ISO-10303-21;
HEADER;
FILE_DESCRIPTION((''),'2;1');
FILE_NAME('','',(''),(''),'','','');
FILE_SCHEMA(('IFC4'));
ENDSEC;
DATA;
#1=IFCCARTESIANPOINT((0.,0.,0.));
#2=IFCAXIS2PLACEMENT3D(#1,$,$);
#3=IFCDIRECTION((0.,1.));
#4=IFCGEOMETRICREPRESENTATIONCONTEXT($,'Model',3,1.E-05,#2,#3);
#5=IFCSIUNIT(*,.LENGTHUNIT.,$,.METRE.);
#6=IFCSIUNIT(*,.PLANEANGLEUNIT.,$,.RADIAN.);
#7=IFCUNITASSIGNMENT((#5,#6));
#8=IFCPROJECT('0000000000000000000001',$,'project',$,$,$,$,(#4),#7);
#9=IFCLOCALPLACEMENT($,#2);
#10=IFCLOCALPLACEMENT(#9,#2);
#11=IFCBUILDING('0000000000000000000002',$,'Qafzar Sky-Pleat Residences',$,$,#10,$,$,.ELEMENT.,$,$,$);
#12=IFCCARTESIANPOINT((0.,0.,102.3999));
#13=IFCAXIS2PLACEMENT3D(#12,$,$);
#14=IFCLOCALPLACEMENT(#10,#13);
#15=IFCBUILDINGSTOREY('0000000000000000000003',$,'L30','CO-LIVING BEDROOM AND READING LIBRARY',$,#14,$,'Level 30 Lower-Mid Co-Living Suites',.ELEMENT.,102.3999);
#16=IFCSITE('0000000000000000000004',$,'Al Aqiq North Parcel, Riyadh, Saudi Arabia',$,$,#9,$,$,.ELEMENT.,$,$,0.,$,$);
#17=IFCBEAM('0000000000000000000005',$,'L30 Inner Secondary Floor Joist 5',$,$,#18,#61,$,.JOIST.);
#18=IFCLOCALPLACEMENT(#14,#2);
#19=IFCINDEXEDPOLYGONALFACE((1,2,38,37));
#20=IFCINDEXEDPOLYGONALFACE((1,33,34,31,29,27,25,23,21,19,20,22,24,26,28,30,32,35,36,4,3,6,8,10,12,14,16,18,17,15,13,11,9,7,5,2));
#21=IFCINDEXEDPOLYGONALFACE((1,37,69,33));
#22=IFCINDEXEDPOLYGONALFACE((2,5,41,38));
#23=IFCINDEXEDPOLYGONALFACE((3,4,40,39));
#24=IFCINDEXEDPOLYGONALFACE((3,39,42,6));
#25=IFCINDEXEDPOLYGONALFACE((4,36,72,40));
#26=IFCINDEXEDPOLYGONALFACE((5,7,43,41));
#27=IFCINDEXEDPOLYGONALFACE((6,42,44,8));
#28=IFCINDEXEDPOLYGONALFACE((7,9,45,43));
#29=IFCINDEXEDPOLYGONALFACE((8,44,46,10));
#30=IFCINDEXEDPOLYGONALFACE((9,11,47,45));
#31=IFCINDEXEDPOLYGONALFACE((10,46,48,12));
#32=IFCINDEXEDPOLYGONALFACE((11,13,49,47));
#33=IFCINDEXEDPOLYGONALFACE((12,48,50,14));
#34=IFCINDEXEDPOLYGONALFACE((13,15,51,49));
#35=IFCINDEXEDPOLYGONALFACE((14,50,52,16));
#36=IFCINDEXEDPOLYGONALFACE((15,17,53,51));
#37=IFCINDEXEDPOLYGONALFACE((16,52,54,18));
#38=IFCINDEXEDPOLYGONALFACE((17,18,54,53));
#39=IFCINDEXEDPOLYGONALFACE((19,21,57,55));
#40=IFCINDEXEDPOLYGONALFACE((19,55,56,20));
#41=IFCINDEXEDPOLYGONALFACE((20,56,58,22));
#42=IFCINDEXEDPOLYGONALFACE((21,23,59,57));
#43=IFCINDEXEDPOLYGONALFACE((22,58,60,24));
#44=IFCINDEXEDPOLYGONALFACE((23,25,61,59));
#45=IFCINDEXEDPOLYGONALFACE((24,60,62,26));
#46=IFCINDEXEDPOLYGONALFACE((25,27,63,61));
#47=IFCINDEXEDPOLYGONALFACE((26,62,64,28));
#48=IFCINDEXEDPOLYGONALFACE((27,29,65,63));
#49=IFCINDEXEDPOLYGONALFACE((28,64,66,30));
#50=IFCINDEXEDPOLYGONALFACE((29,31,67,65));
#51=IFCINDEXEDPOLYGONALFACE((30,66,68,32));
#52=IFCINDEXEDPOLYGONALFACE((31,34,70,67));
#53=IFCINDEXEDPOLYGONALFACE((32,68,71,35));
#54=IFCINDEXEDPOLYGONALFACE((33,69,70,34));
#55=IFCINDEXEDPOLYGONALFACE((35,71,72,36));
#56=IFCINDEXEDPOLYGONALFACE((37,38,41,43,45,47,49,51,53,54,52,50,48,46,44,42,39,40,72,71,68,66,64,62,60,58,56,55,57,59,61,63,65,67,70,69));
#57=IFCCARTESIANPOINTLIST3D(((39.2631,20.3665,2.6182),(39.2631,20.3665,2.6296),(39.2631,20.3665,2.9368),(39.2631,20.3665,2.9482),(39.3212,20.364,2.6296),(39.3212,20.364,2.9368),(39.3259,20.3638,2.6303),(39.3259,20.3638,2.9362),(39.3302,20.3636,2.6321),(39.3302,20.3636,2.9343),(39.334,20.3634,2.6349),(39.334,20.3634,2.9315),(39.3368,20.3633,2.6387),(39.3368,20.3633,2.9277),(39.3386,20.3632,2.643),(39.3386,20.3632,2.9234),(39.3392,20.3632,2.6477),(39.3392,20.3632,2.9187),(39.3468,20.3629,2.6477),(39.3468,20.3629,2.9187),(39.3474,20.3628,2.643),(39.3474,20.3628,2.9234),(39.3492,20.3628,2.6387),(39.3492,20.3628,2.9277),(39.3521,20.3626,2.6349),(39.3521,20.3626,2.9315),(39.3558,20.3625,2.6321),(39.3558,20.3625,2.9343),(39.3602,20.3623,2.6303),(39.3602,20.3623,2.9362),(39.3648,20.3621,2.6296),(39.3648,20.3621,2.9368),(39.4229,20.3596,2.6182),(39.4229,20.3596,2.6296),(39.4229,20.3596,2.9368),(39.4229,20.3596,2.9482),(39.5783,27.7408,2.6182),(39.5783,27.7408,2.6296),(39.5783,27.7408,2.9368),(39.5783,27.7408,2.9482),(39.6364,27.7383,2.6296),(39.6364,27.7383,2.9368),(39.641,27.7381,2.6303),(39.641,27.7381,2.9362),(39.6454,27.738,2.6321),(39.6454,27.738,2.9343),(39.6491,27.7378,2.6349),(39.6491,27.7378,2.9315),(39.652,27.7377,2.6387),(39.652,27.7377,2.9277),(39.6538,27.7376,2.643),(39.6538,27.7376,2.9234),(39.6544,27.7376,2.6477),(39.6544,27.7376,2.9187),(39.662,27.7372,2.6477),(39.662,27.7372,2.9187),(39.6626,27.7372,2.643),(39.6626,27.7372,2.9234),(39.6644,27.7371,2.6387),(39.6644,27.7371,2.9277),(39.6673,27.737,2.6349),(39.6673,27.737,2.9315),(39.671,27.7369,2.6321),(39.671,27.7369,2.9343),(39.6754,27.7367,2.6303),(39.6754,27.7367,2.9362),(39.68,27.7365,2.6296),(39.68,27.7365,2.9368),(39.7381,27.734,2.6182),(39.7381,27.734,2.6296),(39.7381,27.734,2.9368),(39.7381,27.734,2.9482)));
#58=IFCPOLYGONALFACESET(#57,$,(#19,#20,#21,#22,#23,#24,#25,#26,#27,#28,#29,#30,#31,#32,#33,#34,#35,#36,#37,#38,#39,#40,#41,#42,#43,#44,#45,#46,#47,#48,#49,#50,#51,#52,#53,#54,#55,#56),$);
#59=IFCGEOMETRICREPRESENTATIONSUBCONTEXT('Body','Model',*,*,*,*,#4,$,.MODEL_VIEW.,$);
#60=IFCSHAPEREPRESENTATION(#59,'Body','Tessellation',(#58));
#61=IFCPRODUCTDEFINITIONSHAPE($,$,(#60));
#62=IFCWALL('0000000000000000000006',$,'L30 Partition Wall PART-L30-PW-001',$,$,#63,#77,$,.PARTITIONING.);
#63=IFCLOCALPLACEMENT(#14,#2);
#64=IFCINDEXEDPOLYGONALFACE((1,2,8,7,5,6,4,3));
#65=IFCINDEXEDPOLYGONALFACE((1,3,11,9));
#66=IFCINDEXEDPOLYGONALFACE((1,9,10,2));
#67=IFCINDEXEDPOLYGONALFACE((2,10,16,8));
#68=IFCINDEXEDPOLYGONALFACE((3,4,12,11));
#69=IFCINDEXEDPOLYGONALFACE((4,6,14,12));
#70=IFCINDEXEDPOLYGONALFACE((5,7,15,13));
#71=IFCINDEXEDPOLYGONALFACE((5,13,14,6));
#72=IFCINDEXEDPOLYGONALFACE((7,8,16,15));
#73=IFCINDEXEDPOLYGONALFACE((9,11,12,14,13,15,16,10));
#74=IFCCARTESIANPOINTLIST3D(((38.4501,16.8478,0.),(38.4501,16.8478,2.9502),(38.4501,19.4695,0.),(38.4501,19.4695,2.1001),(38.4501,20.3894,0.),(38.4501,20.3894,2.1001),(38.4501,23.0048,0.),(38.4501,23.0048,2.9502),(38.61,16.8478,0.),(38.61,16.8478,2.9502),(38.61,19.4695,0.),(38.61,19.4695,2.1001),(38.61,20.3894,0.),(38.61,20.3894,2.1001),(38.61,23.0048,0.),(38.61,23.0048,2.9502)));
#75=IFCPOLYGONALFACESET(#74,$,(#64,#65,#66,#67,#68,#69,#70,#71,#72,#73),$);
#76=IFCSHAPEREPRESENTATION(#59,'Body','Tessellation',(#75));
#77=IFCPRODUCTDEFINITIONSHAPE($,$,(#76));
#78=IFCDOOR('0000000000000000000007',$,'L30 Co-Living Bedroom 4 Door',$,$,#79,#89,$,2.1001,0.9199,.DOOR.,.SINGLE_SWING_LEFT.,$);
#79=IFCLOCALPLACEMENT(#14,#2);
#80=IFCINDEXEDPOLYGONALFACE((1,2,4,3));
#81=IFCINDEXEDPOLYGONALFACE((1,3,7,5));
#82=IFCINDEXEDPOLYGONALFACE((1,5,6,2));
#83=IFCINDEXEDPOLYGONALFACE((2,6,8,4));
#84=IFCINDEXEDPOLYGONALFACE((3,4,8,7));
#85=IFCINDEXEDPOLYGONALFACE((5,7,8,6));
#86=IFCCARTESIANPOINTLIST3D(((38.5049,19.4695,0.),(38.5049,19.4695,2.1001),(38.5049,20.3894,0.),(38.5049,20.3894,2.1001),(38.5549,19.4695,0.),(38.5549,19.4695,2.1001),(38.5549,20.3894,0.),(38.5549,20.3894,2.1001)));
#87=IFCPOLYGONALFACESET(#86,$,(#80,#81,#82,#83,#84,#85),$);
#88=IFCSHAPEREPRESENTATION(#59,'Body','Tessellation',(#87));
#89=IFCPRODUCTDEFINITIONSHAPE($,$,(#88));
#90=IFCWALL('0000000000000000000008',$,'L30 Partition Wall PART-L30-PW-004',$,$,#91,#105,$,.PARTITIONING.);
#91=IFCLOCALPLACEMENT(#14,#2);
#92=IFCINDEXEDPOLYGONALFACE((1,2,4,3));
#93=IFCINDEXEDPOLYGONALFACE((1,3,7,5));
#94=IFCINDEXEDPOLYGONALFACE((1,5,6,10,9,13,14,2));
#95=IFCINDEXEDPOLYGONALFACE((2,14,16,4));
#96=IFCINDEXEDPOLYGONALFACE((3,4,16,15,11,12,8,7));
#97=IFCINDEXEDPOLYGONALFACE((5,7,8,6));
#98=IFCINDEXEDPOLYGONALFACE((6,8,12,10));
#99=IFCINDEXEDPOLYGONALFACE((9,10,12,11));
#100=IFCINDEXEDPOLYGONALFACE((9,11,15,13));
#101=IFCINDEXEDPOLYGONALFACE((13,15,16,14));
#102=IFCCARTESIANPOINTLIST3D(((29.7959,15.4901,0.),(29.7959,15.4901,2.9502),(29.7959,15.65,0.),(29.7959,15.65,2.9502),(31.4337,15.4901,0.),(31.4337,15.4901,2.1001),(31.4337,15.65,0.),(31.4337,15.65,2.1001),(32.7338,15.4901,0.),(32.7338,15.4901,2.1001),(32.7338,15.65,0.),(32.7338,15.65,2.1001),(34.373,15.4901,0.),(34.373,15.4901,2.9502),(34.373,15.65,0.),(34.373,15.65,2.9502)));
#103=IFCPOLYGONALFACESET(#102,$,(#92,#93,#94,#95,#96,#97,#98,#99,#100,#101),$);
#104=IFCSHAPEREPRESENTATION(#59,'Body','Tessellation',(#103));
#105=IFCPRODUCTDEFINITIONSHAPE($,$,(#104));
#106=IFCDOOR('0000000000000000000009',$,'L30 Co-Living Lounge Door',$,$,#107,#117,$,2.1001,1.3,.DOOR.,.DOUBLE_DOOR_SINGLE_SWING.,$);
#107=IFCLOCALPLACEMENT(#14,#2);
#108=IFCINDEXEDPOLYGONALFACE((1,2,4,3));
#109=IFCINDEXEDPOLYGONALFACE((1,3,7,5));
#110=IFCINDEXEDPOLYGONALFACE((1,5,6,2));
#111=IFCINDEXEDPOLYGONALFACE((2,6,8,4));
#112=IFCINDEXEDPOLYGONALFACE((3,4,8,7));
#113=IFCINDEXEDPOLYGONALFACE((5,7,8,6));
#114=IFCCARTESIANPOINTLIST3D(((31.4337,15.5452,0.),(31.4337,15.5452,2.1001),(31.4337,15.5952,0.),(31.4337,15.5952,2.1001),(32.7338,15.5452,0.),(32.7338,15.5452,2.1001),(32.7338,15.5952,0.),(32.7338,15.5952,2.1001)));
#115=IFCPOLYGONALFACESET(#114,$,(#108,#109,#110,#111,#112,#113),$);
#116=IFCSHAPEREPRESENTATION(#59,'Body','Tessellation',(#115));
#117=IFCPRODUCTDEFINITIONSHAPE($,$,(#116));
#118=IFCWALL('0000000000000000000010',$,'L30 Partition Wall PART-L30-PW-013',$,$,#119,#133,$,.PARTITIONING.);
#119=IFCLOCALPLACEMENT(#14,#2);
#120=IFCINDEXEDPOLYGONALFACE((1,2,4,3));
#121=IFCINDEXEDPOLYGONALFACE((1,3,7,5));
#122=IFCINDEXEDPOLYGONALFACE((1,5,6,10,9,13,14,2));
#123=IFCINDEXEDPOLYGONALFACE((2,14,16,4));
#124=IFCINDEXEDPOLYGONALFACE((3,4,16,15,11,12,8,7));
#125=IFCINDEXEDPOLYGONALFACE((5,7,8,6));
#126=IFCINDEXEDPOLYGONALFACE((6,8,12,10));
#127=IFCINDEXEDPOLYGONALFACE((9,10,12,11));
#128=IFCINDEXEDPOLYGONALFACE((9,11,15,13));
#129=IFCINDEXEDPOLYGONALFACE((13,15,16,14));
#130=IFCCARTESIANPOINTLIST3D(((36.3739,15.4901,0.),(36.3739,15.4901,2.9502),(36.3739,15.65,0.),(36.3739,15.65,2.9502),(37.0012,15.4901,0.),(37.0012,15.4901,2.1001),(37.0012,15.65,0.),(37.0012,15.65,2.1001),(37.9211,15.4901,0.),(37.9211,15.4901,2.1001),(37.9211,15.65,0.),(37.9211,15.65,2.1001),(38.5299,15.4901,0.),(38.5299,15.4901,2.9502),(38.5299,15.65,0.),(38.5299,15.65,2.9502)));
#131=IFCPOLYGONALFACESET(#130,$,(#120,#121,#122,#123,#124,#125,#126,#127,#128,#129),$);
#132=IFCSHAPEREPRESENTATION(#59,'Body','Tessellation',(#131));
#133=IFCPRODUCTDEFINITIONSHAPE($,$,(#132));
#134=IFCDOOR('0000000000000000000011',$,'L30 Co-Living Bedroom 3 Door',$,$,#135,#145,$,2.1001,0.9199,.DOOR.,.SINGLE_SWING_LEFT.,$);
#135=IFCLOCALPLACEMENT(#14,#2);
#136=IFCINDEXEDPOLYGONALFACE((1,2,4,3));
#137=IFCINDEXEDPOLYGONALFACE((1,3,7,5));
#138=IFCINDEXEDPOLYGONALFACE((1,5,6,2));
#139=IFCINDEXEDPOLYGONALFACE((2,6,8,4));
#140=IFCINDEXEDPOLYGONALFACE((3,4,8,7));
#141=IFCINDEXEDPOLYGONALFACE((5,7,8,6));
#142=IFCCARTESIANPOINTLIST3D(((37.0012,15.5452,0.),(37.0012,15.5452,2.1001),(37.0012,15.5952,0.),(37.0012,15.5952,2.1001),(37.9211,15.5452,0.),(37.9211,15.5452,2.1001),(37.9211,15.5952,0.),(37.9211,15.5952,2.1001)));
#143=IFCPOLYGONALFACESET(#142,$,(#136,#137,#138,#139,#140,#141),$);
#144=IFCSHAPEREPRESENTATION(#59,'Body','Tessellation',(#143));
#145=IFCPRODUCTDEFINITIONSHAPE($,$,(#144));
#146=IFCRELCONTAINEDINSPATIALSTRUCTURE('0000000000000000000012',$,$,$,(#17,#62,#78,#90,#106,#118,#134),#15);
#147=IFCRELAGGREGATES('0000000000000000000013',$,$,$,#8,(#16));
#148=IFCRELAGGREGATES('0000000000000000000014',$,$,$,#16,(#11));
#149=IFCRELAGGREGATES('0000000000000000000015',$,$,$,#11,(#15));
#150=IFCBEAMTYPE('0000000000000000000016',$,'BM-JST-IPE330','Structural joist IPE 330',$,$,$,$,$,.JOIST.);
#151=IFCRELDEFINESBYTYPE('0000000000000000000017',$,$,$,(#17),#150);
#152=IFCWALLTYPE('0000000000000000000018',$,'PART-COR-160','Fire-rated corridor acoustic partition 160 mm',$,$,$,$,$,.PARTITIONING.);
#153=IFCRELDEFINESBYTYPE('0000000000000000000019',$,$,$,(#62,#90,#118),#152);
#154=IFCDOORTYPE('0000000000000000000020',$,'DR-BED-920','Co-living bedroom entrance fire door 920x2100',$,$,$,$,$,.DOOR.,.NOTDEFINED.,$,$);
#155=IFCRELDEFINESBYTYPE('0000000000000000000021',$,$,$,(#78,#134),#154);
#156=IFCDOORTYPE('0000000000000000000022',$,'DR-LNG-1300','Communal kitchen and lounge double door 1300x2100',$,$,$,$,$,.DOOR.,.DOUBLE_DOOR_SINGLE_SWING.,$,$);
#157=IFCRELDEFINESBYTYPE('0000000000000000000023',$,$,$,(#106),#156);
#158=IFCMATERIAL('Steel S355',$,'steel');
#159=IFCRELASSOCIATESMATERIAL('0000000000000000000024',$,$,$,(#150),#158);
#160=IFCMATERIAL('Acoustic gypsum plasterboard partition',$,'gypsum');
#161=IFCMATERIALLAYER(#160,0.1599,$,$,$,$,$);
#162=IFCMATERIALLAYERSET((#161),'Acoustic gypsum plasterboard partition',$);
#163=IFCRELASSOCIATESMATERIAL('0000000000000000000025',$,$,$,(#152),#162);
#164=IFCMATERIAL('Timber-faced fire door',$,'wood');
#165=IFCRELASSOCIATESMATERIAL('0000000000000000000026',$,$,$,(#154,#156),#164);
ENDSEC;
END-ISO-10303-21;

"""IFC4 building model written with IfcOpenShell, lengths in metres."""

from ifc_helpers import new_model, si_unit, direction, frame, frame_2d, origin, origin_2d, place, context, subcontext, project, spatial, rectangle, i_section, extrude, source, transform, mapped, material, layer, layer_set, material_profile, profile_set, type_object, element, fill, save


model = new_model("IFC4")

# Units and contexts
model_context = context("Model", 3, precision=1e-05, world=origin(), true_north=direction((0.0, 1.0)))
body_context = subcontext(model_context, "Body", "Model", "MODEL_VIEW")
ifc_project = project(units=[si_unit("LENGTHUNIT", "METRE"), si_unit("PLANEANGLEUNIT", "RADIAN")], contexts=[model_context])

# Site, building, storey
site_placement = place(None, origin())
site = spatial("IfcSite", under=ifc_project, at=site_placement, Name="Al Aqiq North Parcel, Riyadh, Saudi Arabia", CompositionType="ELEMENT", RefElevation=0.0)
building_placement = place(site_placement, origin())
building = spatial("IfcBuilding", under=site, at=building_placement, Name="Qafzar Sky-Pleat Residences", CompositionType="ELEMENT")
storey_placement = place(building_placement, frame((0.0, 0.0, 102.3999)))
storey = spatial("IfcBuildingStorey", under=building, at=storey_placement, Name="L30", Description="CO-LIVING BEDROOM AND READING LIBRARY", LongName="Level 30 Lower-Mid Co-Living Suites", CompositionType="ELEMENT", Elevation=102.3999)

# Beam
ifc_material_1 = material(Name="Steel S355", Category="steel")
ifc_material_profile = material_profile(ifc_material_1, i_section(OverallWidth=0.1599, OverallDepth=0.3301, WebThickness=0.0076, FlangeThickness=0.0115, FilletRadius=0.0181, at=origin_2d()), Name="IPE 330")
ifc_profile_set = profile_set([ifc_material_profile], Name="Steel S355")
beam_type = type_object("IfcBeamType", Name="BM-JST-IPE330", Description="Structural joist IPE 330", PredefinedType="JOIST", material=ifc_profile_set)
shared_shape_1 = source(origin(), body_context, "Body", "SweptSolid", [
    extrude(i_section(OverallWidth=0.1599, OverallDepth=0.3301, WebThickness=0.0076, FlangeThickness=0.0115, FilletRadius=0.0181, at=origin_2d()), origin(), (0.0, 0.0, 1.0), 7.3811),
])
beam_placement = place(storey_placement, frame((39.343, 20.363, 2.7832), z_axis=(0.042702, 0.999088, 0.0), x_axis=(-0.999088, 0.042702, 0.0)))
element("IfcBeam", 1, at=beam_placement, inside=storey, type_object=beam_type, Name="L30 Inner Secondary Floor Joist 5", PredefinedType="JOIST", context=body_context, shape_type="MappedRepresentation", body=[
    mapped(shared_shape_1, transform((0.0, 0.0, 0.0), x_axis=(1.0, 0.0, 0.0), y_axis=(0.0, 1.0, 0.0), z_axis=(0.0, 0.0, 1.0), scale=1.0)),
])

# Walls, openings, doors
ifc_material_2 = material(Name="Acoustic gypsum plasterboard partition", Category="gypsum")
ifc_layer_1 = layer(ifc_material_2, 0.1599)
ifc_layer_set_1 = layer_set([ifc_layer_1], Name="Acoustic gypsum plasterboard partition")
wall_type_1 = type_object("IfcWallType", Name="PART-COR-160", Description="Fire-rated corridor acoustic partition 160 mm", PredefinedType="PARTITIONING", material=ifc_layer_set_1)
wall_1_placement = place(storey_placement, frame((38.53, 23.0049, 0.0), z_axis=(0.0, 0.0, 1.0), x_axis=(0.0, -1.0, 0.0)))
wall_1 = element("IfcWall", 2, at=wall_1_placement, inside=storey, type_object=wall_type_1, Name="L30 Partition Wall PART-L30-PW-001", PredefinedType="PARTITIONING", context=body_context, shape_type="SweptSolid", body=[
    extrude(rectangle(XDim=6.157, YDim=0.1599, at=frame_2d((3.0786, 0.0))), origin(), (0.0, 0.0, 1.0), 2.9502),
])
opening_1_placement = place(wall_1_placement, frame((2.6155, 0.0, 0.0)))
opening_1 = element("IfcOpeningElement", 3, at=opening_1_placement, cuts=wall_1, PredefinedType="OPENING", context=body_context, shape_type="SweptSolid", body=[
    extrude(rectangle(XDim=0.9199, YDim=2.1001, at=frame_2d((0.46, 1.05))), frame((0.0, 0.0898, 0.0), z_axis=(0.0, -1.0, 0.0), x_axis=(1.0, 0.0, 0.0)), (0.0, 0.0, 1.0), 0.1799),
])
ifc_material_3 = material(Name="Timber-faced fire door", Category="wood")
door_type_1 = type_object("IfcDoorType", Name="DR-BED-920", Description="Co-living bedroom entrance fire door 920x2100", OperationType="NOTDEFINED", PredefinedType="DOOR", material=ifc_material_3)
shared_shape_2 = source(origin(), body_context, "Body", "SweptSolid", [
    extrude(rectangle(XDim=0.9199, YDim=2.1001, at=frame_2d((0.46, 1.05))), frame((0.0, 0.0249, 0.0), z_axis=(0.0, -1.0, 0.0), x_axis=(1.0, 0.0, 0.0)), (0.0, 0.0, 1.0), 0.05),
])
door_1_placement = place(opening_1_placement, origin())
door_1 = element("IfcDoor", 4, at=door_1_placement, inside=storey, type_object=door_type_1, Name="L30 Co-Living Bedroom 4 Door", OperationType="SINGLE_SWING_LEFT", OverallHeight=2.1001, OverallWidth=0.9199, PredefinedType="DOOR", context=body_context, shape_type="MappedRepresentation", body=[
    mapped(shared_shape_2, transform((0.0, 0.0, 0.0), x_axis=(1.0, 0.0, 0.0), y_axis=(0.0, 1.0, 0.0), z_axis=(0.0, 0.0, 1.0), scale=1.0)),
])
fill(opening_1, door_1)
wall_2_placement = place(storey_placement, frame((34.373, 15.5701, 0.0), z_axis=(0.0, 0.0, 1.0), x_axis=(-1.0, 0.0, 0.0)))
wall_2 = element("IfcWall", 5, at=wall_2_placement, inside=storey, type_object=wall_type_1, Name="L30 Partition Wall PART-L30-PW-004", PredefinedType="PARTITIONING", context=body_context, shape_type="SweptSolid", body=[
    extrude(rectangle(XDim=4.5771, YDim=0.1599, at=frame_2d((2.2886, 0.0))), origin(), (0.0, 0.0, 1.0), 2.9502),
])
opening_2_placement = place(wall_2_placement, frame((1.6394, 0.0, 0.0)))
opening_2 = element("IfcOpeningElement", 6, at=opening_2_placement, cuts=wall_2, PredefinedType="OPENING", context=body_context, shape_type="SweptSolid", body=[
    extrude(rectangle(XDim=1.3, YDim=2.1001, at=frame_2d((0.6499, 1.05))), frame((0.0, 0.0898, 0.0), z_axis=(0.0, -1.0, 0.0), x_axis=(1.0, 0.0, 0.0)), (0.0, 0.0, 1.0), 0.1799),
])
door_type_2 = type_object("IfcDoorType", Name="DR-LNG-1300", Description="Communal kitchen and lounge double door 1300x2100", OperationType="DOUBLE_DOOR_SINGLE_SWING", PredefinedType="DOOR", material=ifc_material_3)
shared_shape_3 = source(origin(), body_context, "Body", "SweptSolid", [
    extrude(rectangle(XDim=1.3, YDim=2.1001, at=frame_2d((0.6499, 1.05))), frame((0.0, 0.0249, 0.0), z_axis=(0.0, -1.0, 0.0), x_axis=(1.0, 0.0, 0.0)), (0.0, 0.0, 1.0), 0.05),
])
door_2_placement = place(opening_2_placement, origin())
door_2 = element("IfcDoor", 7, at=door_2_placement, inside=storey, type_object=door_type_2, Name="L30 Co-Living Lounge Door", OperationType="DOUBLE_DOOR_SINGLE_SWING", OverallHeight=2.1001, OverallWidth=1.3, PredefinedType="DOOR", context=body_context, shape_type="MappedRepresentation", body=[
    mapped(shared_shape_3, transform((0.0, 0.0, 0.0), x_axis=(1.0, 0.0, 0.0), y_axis=(0.0, 1.0, 0.0), z_axis=(0.0, 0.0, 1.0), scale=1.0)),
])
fill(opening_2, door_2)
wall_3_placement = place(storey_placement, frame((38.53, 15.5701, 0.0), z_axis=(0.0, 0.0, 1.0), x_axis=(-1.0, 0.0, 0.0)))
wall_3 = element("IfcWall", 8, at=wall_3_placement, inside=storey, type_object=wall_type_1, Name="L30 Partition Wall PART-L30-PW-013", PredefinedType="PARTITIONING", context=body_context, shape_type="SweptSolid", body=[
    extrude(rectangle(XDim=2.156, YDim=0.1599, at=frame_2d((1.0781, 0.0))), origin(), (0.0, 0.0, 1.0), 2.9502),
])
opening_3_placement = place(wall_3_placement, frame((0.6089, 0.0, 0.0)))
opening_3 = element("IfcOpeningElement", 9, at=opening_3_placement, cuts=wall_3, PredefinedType="OPENING", context=body_context, shape_type="SweptSolid", body=[
    extrude(rectangle(XDim=0.9199, YDim=2.1001, at=frame_2d((0.46, 1.05))), frame((0.0, 0.0898, 0.0), z_axis=(0.0, -1.0, 0.0), x_axis=(1.0, 0.0, 0.0)), (0.0, 0.0, 1.0), 0.1799),
])
door_3_placement = place(opening_3_placement, origin())
door_3 = element("IfcDoor", 10, at=door_3_placement, inside=storey, type_object=door_type_1, Name="L30 Co-Living Bedroom 3 Door", OperationType="SINGLE_SWING_LEFT", OverallHeight=2.1001, OverallWidth=0.9199, PredefinedType="DOOR", context=body_context, shape_type="MappedRepresentation", body=[
    mapped(shared_shape_2, transform((0.0, 0.0, 0.0), x_axis=(1.0, 0.0, 0.0), y_axis=(0.0, 1.0, 0.0), z_axis=(0.0, 0.0, 1.0), scale=1.0)),
])
fill(opening_3, door_3)

save(model, "model.ifc")
